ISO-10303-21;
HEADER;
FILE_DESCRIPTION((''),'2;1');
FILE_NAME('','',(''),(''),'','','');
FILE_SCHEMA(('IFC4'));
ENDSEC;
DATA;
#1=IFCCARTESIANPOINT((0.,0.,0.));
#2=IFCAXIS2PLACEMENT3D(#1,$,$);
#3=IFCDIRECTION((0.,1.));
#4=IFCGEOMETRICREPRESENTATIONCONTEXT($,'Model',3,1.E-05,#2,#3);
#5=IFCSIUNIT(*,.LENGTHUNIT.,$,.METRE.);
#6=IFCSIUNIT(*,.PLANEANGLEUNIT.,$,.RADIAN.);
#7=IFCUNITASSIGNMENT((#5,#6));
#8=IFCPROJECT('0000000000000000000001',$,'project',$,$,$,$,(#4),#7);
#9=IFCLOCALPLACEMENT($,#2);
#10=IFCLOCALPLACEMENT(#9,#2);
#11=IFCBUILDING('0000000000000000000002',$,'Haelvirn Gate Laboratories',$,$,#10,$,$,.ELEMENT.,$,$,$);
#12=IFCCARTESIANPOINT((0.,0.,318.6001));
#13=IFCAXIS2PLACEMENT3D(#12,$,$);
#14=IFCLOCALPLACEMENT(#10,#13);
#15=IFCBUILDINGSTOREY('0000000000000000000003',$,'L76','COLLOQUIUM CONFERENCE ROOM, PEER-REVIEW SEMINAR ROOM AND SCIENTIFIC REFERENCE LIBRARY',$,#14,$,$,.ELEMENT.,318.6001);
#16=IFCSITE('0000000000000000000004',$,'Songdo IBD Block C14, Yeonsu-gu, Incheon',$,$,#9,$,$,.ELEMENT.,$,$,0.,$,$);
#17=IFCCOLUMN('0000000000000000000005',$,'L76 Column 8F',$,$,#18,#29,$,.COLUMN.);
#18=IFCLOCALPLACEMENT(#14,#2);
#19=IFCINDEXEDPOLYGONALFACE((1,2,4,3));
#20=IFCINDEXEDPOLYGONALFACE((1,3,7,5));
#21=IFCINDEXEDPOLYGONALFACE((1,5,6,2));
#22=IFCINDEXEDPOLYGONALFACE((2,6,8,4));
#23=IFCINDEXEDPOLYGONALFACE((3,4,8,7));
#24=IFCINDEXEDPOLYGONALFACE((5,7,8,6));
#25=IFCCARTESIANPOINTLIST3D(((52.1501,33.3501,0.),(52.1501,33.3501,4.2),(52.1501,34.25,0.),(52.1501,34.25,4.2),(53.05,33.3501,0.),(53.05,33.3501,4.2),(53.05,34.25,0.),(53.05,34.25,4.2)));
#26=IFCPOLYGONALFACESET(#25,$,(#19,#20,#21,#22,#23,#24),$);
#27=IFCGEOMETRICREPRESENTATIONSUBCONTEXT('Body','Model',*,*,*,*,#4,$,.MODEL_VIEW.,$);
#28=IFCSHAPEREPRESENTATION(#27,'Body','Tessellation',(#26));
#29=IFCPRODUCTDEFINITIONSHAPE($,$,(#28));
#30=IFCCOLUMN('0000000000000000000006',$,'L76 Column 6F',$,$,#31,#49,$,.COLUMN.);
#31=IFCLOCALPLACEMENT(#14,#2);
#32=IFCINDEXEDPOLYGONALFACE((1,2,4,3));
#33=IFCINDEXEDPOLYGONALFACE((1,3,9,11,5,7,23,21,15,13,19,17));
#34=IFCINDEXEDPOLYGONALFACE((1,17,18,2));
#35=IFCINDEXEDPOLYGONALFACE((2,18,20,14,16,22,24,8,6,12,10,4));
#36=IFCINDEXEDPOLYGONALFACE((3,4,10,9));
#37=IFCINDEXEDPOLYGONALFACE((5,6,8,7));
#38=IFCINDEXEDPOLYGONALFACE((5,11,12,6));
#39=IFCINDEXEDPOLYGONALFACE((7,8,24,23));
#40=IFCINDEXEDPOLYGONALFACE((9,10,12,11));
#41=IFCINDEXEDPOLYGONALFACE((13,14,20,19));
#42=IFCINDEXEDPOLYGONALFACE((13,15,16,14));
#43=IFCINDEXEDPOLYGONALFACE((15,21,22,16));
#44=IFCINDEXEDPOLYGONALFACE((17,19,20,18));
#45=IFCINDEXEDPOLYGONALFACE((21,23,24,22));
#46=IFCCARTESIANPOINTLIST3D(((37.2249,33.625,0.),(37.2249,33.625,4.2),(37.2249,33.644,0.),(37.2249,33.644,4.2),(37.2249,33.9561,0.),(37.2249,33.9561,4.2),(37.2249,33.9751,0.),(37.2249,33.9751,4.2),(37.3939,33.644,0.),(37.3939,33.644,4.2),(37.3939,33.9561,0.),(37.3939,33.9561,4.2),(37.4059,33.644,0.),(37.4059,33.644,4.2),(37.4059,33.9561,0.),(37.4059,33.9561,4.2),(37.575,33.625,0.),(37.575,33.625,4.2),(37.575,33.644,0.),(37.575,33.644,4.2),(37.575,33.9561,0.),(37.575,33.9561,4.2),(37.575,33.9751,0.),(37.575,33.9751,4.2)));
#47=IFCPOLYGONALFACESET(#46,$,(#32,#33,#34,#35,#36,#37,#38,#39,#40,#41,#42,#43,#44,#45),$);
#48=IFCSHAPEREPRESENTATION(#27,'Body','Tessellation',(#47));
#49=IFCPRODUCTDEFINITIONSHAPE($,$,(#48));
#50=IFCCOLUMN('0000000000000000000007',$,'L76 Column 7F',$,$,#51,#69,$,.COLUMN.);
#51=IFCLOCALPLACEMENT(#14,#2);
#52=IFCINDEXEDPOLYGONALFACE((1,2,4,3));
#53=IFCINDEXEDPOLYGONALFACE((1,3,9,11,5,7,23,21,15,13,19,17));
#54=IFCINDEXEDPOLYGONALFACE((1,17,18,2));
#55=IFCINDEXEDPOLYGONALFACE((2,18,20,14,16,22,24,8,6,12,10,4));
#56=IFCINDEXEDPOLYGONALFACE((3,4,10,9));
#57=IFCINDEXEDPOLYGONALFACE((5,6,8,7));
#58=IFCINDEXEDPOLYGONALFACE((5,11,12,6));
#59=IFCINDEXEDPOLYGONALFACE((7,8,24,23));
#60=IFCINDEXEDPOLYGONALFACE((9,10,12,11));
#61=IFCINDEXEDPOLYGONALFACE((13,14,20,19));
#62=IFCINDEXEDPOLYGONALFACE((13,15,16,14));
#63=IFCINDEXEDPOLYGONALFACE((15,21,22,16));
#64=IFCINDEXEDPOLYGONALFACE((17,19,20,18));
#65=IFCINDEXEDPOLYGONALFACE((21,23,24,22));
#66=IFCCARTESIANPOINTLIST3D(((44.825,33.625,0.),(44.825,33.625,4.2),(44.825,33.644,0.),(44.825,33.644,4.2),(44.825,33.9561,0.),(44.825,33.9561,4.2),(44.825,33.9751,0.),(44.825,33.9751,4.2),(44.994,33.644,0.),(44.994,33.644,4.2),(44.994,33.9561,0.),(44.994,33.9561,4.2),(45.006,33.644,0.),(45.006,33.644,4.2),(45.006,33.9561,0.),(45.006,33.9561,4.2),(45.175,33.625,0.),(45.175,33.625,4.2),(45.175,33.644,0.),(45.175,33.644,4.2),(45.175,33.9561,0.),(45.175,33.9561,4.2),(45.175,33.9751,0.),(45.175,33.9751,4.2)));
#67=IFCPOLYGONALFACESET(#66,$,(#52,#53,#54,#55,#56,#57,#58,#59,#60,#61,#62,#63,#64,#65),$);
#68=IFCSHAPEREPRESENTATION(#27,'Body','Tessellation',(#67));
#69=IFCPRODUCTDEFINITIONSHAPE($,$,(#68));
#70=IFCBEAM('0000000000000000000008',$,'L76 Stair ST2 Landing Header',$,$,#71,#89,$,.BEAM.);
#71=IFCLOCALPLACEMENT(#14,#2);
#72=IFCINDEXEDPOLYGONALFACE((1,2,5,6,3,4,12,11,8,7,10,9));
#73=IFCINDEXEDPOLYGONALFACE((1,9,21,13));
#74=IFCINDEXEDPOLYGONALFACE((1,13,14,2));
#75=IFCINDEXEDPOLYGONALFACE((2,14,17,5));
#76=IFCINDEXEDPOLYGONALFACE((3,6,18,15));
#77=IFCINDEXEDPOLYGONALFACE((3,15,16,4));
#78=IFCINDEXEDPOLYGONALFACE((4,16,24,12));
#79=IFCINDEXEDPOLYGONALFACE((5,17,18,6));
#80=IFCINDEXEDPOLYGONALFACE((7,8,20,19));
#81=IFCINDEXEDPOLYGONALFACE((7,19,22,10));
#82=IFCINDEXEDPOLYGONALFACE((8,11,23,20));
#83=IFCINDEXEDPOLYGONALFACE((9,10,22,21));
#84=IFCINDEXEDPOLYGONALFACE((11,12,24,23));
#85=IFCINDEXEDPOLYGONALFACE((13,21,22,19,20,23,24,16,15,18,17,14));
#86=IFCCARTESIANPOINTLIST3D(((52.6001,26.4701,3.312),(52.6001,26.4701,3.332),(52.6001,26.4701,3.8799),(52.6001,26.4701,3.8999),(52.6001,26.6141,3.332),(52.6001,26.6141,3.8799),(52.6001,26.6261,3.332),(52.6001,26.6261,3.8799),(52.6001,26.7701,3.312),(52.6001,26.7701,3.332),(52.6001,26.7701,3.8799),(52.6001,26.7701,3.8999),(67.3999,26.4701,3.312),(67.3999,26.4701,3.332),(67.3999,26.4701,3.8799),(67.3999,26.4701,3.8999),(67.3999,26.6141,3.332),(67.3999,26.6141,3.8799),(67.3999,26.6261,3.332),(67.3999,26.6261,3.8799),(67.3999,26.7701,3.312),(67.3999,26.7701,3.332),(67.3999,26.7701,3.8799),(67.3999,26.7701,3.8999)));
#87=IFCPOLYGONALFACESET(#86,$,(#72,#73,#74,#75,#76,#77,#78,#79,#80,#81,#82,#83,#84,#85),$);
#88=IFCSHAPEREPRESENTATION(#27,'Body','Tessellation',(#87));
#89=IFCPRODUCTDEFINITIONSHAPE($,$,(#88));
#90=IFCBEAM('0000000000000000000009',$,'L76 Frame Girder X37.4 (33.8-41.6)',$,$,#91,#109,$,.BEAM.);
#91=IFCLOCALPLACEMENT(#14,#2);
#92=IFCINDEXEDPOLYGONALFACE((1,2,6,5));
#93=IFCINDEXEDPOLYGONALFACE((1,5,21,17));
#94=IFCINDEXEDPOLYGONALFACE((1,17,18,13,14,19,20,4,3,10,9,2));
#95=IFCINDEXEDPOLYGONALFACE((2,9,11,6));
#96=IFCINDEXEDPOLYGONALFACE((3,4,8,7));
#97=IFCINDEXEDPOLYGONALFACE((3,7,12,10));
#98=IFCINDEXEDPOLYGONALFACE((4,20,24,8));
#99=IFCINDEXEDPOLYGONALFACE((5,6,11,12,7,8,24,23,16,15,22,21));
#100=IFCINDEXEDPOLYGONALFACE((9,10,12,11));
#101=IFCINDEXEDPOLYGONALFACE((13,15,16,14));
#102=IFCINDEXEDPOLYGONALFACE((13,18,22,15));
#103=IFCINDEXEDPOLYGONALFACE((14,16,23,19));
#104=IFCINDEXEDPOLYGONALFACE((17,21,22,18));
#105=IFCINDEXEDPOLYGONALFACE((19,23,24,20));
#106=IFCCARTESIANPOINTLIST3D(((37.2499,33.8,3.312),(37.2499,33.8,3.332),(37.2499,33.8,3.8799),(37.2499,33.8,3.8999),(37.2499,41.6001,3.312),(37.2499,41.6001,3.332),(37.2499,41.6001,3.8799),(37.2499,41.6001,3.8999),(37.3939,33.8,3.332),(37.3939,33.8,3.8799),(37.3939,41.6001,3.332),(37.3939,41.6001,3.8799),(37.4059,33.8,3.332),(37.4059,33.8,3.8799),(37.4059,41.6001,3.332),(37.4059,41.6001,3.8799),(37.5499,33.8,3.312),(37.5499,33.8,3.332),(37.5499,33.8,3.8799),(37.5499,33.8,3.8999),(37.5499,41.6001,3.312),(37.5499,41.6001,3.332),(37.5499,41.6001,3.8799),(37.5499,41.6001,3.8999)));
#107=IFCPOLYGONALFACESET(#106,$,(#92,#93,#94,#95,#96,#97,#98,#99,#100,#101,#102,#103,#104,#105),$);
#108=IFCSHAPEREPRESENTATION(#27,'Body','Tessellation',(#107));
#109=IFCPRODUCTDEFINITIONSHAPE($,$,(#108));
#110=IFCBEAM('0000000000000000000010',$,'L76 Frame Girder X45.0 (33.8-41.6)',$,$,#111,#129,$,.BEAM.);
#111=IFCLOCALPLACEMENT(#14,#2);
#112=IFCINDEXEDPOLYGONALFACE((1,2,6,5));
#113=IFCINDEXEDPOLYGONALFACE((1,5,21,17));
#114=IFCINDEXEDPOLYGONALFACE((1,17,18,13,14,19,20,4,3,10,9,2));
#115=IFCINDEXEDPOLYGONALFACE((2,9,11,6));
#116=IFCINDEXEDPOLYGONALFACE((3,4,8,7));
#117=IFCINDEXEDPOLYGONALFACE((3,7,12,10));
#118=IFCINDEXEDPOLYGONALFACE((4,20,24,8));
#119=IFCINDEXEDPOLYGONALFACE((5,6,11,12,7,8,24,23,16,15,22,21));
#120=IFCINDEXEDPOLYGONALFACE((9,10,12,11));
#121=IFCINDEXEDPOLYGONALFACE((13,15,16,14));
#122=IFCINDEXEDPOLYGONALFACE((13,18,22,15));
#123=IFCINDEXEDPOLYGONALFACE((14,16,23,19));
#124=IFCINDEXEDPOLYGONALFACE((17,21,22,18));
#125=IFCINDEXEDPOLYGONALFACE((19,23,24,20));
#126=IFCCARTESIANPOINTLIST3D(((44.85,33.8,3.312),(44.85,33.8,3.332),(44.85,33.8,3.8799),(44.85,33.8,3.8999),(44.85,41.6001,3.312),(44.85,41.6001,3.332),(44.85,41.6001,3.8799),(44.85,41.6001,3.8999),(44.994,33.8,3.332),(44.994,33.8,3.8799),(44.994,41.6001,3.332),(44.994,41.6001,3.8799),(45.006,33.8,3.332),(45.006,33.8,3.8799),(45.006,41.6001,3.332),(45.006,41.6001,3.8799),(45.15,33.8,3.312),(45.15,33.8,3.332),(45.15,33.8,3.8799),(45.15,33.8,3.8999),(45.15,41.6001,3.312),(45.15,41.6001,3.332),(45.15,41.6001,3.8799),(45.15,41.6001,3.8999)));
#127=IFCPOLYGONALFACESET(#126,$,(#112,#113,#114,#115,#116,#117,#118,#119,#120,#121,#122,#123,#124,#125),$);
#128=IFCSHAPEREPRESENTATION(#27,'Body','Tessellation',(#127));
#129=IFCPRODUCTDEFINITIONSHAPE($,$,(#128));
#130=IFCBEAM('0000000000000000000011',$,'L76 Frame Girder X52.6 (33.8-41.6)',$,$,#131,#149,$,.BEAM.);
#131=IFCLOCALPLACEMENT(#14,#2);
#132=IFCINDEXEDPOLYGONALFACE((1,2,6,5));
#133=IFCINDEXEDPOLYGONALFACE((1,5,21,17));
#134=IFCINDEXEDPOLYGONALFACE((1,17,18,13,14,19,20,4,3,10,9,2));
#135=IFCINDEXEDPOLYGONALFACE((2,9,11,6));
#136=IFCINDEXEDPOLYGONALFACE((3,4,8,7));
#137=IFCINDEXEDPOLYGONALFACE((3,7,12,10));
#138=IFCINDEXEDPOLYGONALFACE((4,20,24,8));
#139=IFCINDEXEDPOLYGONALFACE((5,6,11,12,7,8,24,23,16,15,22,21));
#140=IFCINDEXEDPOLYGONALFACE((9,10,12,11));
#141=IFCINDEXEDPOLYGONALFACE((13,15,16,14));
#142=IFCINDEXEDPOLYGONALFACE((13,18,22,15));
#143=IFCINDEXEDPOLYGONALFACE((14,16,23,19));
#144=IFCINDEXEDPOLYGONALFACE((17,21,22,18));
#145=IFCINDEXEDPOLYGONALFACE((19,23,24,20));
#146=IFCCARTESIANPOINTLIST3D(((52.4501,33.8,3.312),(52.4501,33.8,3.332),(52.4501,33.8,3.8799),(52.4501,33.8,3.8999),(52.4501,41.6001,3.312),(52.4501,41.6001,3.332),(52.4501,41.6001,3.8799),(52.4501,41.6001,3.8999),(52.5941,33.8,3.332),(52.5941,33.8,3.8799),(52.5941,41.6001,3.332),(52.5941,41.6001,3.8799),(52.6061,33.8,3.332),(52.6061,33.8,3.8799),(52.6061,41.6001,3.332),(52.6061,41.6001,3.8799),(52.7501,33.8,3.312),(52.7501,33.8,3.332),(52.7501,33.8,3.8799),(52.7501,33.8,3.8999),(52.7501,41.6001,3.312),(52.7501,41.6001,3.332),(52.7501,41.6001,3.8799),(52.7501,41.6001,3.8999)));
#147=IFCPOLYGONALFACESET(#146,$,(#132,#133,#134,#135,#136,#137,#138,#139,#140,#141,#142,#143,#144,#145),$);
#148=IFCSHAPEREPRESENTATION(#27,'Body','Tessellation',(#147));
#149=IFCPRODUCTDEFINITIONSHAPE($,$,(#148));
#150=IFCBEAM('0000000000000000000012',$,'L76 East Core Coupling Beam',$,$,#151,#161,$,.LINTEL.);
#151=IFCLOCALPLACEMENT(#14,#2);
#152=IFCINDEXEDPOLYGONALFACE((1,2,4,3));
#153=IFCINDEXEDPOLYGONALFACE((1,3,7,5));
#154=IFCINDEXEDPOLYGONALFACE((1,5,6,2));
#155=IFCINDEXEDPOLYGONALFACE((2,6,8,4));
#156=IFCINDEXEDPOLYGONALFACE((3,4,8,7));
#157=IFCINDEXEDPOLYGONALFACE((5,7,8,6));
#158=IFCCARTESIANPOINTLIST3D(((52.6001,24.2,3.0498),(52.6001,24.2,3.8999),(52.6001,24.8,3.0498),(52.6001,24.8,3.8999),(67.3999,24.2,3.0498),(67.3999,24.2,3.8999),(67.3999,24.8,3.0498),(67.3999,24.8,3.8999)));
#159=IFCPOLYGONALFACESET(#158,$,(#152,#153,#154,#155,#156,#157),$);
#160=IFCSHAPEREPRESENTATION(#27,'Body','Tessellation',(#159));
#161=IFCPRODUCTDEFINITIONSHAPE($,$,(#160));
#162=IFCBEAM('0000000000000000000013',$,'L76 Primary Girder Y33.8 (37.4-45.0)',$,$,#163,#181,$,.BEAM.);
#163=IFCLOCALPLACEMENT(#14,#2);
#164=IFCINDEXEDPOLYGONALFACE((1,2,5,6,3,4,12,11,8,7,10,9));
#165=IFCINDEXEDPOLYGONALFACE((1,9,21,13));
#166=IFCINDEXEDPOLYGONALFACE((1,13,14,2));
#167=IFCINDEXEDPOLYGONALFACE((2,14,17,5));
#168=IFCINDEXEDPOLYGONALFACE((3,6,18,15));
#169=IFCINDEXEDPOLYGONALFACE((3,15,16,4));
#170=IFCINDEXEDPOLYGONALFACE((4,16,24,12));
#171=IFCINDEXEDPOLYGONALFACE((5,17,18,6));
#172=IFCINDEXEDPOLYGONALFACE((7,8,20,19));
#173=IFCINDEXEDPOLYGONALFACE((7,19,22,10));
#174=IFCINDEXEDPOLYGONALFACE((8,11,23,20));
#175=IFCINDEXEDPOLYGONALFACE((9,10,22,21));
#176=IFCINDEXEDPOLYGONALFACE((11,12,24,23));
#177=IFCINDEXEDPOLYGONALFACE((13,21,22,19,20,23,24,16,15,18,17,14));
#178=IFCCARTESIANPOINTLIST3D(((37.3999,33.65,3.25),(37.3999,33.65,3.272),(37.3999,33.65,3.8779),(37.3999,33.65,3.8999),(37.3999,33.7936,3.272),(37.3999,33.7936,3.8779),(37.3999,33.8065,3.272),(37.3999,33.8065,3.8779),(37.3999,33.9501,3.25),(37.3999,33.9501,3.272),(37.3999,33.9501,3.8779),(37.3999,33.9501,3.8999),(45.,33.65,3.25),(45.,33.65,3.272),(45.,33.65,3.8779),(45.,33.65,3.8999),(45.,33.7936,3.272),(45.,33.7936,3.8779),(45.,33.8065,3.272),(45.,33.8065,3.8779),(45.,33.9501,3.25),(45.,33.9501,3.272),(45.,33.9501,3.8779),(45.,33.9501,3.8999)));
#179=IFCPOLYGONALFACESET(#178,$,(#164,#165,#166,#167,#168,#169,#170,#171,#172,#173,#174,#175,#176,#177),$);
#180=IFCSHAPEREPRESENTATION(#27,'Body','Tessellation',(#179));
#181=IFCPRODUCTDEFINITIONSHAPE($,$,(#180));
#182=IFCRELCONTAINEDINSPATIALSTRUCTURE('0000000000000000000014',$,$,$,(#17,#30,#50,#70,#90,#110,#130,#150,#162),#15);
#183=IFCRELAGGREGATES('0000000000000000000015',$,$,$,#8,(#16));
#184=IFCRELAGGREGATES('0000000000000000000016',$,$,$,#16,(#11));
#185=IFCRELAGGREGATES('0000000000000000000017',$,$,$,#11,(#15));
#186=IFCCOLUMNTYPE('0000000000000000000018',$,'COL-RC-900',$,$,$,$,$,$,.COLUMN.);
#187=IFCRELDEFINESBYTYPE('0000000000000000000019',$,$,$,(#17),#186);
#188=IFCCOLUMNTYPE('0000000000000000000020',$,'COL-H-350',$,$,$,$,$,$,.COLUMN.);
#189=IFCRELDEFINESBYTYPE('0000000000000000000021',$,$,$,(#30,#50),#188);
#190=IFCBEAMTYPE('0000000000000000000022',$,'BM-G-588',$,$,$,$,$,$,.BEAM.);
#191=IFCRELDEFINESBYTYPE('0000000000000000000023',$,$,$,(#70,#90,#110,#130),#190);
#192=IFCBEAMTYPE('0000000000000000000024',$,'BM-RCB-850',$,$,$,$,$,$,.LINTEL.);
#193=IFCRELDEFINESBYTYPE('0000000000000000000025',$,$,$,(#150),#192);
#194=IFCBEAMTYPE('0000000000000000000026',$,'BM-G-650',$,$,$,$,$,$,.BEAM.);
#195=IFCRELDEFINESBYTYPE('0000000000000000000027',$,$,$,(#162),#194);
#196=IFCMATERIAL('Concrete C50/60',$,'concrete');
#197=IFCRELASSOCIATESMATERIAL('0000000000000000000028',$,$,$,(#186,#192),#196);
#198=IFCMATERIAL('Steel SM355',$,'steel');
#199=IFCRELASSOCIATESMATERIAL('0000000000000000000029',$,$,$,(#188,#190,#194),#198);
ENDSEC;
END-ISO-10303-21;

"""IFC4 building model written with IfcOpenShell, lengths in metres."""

from ifc_helpers import new_model, si_unit, direction, frame, origin, origin_2d, place, context, subcontext, project, spatial, rectangle, i_section, extrude, source, transform, mapped, material, material_profile, profile_set, type_object, type_shapes, element, save


model = new_model("IFC4")

# Units and contexts
model_context = context("Model", 3, precision=1e-05, world=origin(), true_north=direction((0.0, 1.0)))
body_context = subcontext(model_context, "Body", "Model", "MODEL_VIEW")
ifc_project = project(units=[si_unit("LENGTHUNIT", "METRE"), si_unit("PLANEANGLEUNIT", "RADIAN")], contexts=[model_context])

# Site, building, storey
site_placement = place(None, origin())
site = spatial("IfcSite", under=ifc_project, at=site_placement, Name="Songdo IBD Block C14, Yeonsu-gu, Incheon", CompositionType="ELEMENT", RefElevation=0.0)
building_placement = place(site_placement, origin())
building = spatial("IfcBuilding", under=site, at=building_placement, Name="Haelvirn Gate Laboratories", CompositionType="ELEMENT")
storey_placement = place(building_placement, frame((0.0, 0.0, 318.6001)))
storey = spatial("IfcBuildingStorey", under=building, at=storey_placement, Name="L76", Description="COLLOQUIUM CONFERENCE ROOM, PEER-REVIEW SEMINAR ROOM AND SCIENTIFIC REFERENCE LIBRARY", CompositionType="ELEMENT", Elevation=318.6001)

# Columns
ifc_material_1 = material(Name="Concrete C50/60", Category="concrete")
ifc_material_profile_1 = material_profile(ifc_material_1, rectangle(XDim=0.8999, YDim=0.8999, at=origin_2d()), Name="RC-900x900")
ifc_profile_set_1 = profile_set([ifc_material_profile_1], Name="Concrete C50/60")
column_type_1 = type_object("IfcColumnType", Name="COL-RC-900", PredefinedType="COLUMN", material=ifc_profile_set_1)
shared_shape_1 = source(origin(), body_context, "Body", "SweptSolid", [
    extrude(rectangle(XDim=0.8999, YDim=0.8999, at=origin_2d()), origin(), (0.0, 0.0, 1.0), 4.2),
])
type_shapes(column_type_1, [shared_shape_1])
column_placement = place(storey_placement, frame((52.6001, 33.8, 0.0), z_axis=(0.0, 0.0, 1.0), x_axis=(1.0, 0.0, 0.0)))
element("IfcColumn", 1, at=column_placement, inside=storey, type_object=column_type_1, Name="L76 Column 8F", PredefinedType="COLUMN", context=body_context, shape_type="MappedRepresentation", body=[
    mapped(shared_shape_1, transform((0.0, 0.0, 0.0), scale=1.0)),
])
ifc_material_2 = material(Name="Steel SM355", Category="steel")
ifc_material_profile_2 = material_profile(ifc_material_2, i_section(OverallWidth=0.3501, OverallDepth=0.3501, WebThickness=0.012, FlangeThickness=0.019, at=origin_2d()), Name="H-350x350x12x19")
ifc_profile_set_2 = profile_set([ifc_material_profile_2], Name="Steel SM355")
column_type_2 = type_object("IfcColumnType", Name="COL-H-350", PredefinedType="COLUMN", material=ifc_profile_set_2)
shared_shape_2 = source(origin(), body_context, "Body", "SweptSolid", [
    extrude(i_section(OverallWidth=0.3501, OverallDepth=0.3501, WebThickness=0.012, FlangeThickness=0.019, at=origin_2d()), origin(), (0.0, 0.0, 1.0), 4.2),
])
type_shapes(column_type_2, [shared_shape_2])
for number, where, z_axis, x_axis, name in (
    (2, (37.3999, 33.8, 0.0), (0.0, 0.0, 1.0), (1.0, 0.0, 0.0), "L76 Column 6F"),
    (3, (45.0, 33.8, 0.0), (0.0, 0.0, 1.0), (1.0, 0.0, 0.0), "L76 Column 7F"),
):
    element("IfcColumn", number, at=place(storey_placement, frame(where, z_axis=z_axis, x_axis=x_axis)), inside=storey, type_object=column_type_2, Name=name, PredefinedType="COLUMN", context=body_context, shape_type="MappedRepresentation", body=[
        mapped(shared_shape_2, transform((0.0, 0.0, 0.0), scale=1.0)),
    ])

# Beams
ifc_material_profile_3 = material_profile(ifc_material_2, i_section(OverallWidth=0.3, OverallDepth=0.5879, WebThickness=0.012, FlangeThickness=0.02, at=origin_2d()), Name="H-588x300x12x20")
ifc_profile_set_3 = profile_set([ifc_material_profile_3], Name="Steel SM355")
beam_type_1 = type_object("IfcBeamType", Name="BM-G-588", PredefinedType="BEAM", material=ifc_profile_set_3)
shared_shape_3 = source(origin(), body_context, "Body", "SweptSolid", [
    extrude(i_section(OverallWidth=0.3, OverallDepth=0.5879, WebThickness=0.012, FlangeThickness=0.02, at=origin_2d()), origin(), (0.0, 0.0, 1.0), 14.7998),
])
beam_1_placement = place(storey_placement, frame((52.6001, 26.6201, 3.606), z_axis=(1.0, 0.0, 0.0), x_axis=(0.0, 1.0, 0.0)))
element("IfcBeam", 4, at=beam_1_placement, inside=storey, type_object=beam_type_1, Name="L76 Stair ST2 Landing Header", PredefinedType="BEAM", context=body_context, shape_type="MappedRepresentation", body=[
    mapped(shared_shape_3, transform((0.0, 0.0, 0.0), scale=1.0)),
])
shared_shape_4 = source(origin(), body_context, "Body", "SweptSolid", [
    extrude(i_section(OverallWidth=0.3, OverallDepth=0.5879, WebThickness=0.012, FlangeThickness=0.02, at=origin_2d()), origin(), (0.0, 0.0, 1.0), 7.8),
])
type_shapes(beam_type_1, [shared_shape_3, shared_shape_4])
for number, where, z_axis, x_axis, name in (
    (5, (37.3999, 33.8, 3.606), (0.0, 1.0, 0.0), (-1.0, 0.0, 0.0), "L76 Frame Girder X37.4 (33.8-41.6)"),
    (6, (45.0, 33.8, 3.606), (0.0, 1.0, 0.0), (-1.0, 0.0, 0.0), "L76 Frame Girder X45.0 (33.8-41.6)"),
    (7, (52.6001, 33.8, 3.606), (0.0, 1.0, 0.0), (-1.0, 0.0, 0.0), "L76 Frame Girder X52.6 (33.8-41.6)"),
):
    element("IfcBeam", number, at=place(storey_placement, frame(where, z_axis=z_axis, x_axis=x_axis)), inside=storey, type_object=beam_type_1, Name=name, PredefinedType="BEAM", context=body_context, shape_type="MappedRepresentation", body=[
        mapped(shared_shape_4, transform((0.0, 0.0, 0.0), scale=1.0)),
    ])
ifc_material_profile_4 = material_profile(ifc_material_1, rectangle(XDim=0.6001, YDim=0.8501, at=origin_2d()), Name="RCB-600x850")
ifc_profile_set_4 = profile_set([ifc_material_profile_4], Name="Concrete C50/60")
beam_type_2 = type_object("IfcBeamType", Name="BM-RCB-850", PredefinedType="LINTEL", material=ifc_profile_set_4)
shared_shape_5 = source(origin(), body_context, "Body", "SweptSolid", [
    extrude(rectangle(XDim=0.6001, YDim=0.8501, at=origin_2d()), origin(), (0.0, 0.0, 1.0), 14.7998),
])
type_shapes(beam_type_2, [shared_shape_5])
beam_2_placement = place(storey_placement, frame((52.6001, 24.5, 3.4749), z_axis=(1.0, 0.0, 0.0), x_axis=(0.0, 1.0, 0.0)))
element("IfcBeam", 8, at=beam_2_placement, inside=storey, type_object=beam_type_2, Name="L76 East Core Coupling Beam", PredefinedType="LINTEL", context=body_context, shape_type="MappedRepresentation", body=[
    mapped(shared_shape_5, transform((0.0, 0.0, 0.0), scale=1.0)),
])
ifc_material_profile_5 = material_profile(ifc_material_2, i_section(OverallWidth=0.3, OverallDepth=0.6499, WebThickness=0.0129, FlangeThickness=0.022, at=origin_2d()), Name="H-650x300x13x22")
ifc_profile_set_5 = profile_set([ifc_material_profile_5], Name="Steel SM355")
beam_type_3 = type_object("IfcBeamType", Name="BM-G-650", PredefinedType="BEAM", material=ifc_profile_set_5)
shared_shape_6 = source(origin(), body_context, "Body", "SweptSolid", [
    extrude(i_section(OverallWidth=0.3, OverallDepth=0.6499, WebThickness=0.0129, FlangeThickness=0.022, at=origin_2d()), origin(), (0.0, 0.0, 1.0), 7.6001),
])
type_shapes(beam_type_3, [shared_shape_6])
for number, where, z_axis, x_axis, name in (
    (9, (37.3999, 33.8, 3.575), (1.0, 0.0, 0.0), (0.0, 1.0, 0.0), "L76 Primary Girder Y33.8 (37.4-45.0)"),
):
    element("IfcBeam", number, at=place(storey_placement, frame(where, z_axis=z_axis, x_axis=x_axis)), inside=storey, type_object=beam_type_3, Name=name, PredefinedType="BEAM", context=body_context, shape_type="MappedRepresentation", body=[
        mapped(shared_shape_6, transform((0.0, 0.0, 0.0), scale=1.0)),
    ])

save(model, "model.ifc")
